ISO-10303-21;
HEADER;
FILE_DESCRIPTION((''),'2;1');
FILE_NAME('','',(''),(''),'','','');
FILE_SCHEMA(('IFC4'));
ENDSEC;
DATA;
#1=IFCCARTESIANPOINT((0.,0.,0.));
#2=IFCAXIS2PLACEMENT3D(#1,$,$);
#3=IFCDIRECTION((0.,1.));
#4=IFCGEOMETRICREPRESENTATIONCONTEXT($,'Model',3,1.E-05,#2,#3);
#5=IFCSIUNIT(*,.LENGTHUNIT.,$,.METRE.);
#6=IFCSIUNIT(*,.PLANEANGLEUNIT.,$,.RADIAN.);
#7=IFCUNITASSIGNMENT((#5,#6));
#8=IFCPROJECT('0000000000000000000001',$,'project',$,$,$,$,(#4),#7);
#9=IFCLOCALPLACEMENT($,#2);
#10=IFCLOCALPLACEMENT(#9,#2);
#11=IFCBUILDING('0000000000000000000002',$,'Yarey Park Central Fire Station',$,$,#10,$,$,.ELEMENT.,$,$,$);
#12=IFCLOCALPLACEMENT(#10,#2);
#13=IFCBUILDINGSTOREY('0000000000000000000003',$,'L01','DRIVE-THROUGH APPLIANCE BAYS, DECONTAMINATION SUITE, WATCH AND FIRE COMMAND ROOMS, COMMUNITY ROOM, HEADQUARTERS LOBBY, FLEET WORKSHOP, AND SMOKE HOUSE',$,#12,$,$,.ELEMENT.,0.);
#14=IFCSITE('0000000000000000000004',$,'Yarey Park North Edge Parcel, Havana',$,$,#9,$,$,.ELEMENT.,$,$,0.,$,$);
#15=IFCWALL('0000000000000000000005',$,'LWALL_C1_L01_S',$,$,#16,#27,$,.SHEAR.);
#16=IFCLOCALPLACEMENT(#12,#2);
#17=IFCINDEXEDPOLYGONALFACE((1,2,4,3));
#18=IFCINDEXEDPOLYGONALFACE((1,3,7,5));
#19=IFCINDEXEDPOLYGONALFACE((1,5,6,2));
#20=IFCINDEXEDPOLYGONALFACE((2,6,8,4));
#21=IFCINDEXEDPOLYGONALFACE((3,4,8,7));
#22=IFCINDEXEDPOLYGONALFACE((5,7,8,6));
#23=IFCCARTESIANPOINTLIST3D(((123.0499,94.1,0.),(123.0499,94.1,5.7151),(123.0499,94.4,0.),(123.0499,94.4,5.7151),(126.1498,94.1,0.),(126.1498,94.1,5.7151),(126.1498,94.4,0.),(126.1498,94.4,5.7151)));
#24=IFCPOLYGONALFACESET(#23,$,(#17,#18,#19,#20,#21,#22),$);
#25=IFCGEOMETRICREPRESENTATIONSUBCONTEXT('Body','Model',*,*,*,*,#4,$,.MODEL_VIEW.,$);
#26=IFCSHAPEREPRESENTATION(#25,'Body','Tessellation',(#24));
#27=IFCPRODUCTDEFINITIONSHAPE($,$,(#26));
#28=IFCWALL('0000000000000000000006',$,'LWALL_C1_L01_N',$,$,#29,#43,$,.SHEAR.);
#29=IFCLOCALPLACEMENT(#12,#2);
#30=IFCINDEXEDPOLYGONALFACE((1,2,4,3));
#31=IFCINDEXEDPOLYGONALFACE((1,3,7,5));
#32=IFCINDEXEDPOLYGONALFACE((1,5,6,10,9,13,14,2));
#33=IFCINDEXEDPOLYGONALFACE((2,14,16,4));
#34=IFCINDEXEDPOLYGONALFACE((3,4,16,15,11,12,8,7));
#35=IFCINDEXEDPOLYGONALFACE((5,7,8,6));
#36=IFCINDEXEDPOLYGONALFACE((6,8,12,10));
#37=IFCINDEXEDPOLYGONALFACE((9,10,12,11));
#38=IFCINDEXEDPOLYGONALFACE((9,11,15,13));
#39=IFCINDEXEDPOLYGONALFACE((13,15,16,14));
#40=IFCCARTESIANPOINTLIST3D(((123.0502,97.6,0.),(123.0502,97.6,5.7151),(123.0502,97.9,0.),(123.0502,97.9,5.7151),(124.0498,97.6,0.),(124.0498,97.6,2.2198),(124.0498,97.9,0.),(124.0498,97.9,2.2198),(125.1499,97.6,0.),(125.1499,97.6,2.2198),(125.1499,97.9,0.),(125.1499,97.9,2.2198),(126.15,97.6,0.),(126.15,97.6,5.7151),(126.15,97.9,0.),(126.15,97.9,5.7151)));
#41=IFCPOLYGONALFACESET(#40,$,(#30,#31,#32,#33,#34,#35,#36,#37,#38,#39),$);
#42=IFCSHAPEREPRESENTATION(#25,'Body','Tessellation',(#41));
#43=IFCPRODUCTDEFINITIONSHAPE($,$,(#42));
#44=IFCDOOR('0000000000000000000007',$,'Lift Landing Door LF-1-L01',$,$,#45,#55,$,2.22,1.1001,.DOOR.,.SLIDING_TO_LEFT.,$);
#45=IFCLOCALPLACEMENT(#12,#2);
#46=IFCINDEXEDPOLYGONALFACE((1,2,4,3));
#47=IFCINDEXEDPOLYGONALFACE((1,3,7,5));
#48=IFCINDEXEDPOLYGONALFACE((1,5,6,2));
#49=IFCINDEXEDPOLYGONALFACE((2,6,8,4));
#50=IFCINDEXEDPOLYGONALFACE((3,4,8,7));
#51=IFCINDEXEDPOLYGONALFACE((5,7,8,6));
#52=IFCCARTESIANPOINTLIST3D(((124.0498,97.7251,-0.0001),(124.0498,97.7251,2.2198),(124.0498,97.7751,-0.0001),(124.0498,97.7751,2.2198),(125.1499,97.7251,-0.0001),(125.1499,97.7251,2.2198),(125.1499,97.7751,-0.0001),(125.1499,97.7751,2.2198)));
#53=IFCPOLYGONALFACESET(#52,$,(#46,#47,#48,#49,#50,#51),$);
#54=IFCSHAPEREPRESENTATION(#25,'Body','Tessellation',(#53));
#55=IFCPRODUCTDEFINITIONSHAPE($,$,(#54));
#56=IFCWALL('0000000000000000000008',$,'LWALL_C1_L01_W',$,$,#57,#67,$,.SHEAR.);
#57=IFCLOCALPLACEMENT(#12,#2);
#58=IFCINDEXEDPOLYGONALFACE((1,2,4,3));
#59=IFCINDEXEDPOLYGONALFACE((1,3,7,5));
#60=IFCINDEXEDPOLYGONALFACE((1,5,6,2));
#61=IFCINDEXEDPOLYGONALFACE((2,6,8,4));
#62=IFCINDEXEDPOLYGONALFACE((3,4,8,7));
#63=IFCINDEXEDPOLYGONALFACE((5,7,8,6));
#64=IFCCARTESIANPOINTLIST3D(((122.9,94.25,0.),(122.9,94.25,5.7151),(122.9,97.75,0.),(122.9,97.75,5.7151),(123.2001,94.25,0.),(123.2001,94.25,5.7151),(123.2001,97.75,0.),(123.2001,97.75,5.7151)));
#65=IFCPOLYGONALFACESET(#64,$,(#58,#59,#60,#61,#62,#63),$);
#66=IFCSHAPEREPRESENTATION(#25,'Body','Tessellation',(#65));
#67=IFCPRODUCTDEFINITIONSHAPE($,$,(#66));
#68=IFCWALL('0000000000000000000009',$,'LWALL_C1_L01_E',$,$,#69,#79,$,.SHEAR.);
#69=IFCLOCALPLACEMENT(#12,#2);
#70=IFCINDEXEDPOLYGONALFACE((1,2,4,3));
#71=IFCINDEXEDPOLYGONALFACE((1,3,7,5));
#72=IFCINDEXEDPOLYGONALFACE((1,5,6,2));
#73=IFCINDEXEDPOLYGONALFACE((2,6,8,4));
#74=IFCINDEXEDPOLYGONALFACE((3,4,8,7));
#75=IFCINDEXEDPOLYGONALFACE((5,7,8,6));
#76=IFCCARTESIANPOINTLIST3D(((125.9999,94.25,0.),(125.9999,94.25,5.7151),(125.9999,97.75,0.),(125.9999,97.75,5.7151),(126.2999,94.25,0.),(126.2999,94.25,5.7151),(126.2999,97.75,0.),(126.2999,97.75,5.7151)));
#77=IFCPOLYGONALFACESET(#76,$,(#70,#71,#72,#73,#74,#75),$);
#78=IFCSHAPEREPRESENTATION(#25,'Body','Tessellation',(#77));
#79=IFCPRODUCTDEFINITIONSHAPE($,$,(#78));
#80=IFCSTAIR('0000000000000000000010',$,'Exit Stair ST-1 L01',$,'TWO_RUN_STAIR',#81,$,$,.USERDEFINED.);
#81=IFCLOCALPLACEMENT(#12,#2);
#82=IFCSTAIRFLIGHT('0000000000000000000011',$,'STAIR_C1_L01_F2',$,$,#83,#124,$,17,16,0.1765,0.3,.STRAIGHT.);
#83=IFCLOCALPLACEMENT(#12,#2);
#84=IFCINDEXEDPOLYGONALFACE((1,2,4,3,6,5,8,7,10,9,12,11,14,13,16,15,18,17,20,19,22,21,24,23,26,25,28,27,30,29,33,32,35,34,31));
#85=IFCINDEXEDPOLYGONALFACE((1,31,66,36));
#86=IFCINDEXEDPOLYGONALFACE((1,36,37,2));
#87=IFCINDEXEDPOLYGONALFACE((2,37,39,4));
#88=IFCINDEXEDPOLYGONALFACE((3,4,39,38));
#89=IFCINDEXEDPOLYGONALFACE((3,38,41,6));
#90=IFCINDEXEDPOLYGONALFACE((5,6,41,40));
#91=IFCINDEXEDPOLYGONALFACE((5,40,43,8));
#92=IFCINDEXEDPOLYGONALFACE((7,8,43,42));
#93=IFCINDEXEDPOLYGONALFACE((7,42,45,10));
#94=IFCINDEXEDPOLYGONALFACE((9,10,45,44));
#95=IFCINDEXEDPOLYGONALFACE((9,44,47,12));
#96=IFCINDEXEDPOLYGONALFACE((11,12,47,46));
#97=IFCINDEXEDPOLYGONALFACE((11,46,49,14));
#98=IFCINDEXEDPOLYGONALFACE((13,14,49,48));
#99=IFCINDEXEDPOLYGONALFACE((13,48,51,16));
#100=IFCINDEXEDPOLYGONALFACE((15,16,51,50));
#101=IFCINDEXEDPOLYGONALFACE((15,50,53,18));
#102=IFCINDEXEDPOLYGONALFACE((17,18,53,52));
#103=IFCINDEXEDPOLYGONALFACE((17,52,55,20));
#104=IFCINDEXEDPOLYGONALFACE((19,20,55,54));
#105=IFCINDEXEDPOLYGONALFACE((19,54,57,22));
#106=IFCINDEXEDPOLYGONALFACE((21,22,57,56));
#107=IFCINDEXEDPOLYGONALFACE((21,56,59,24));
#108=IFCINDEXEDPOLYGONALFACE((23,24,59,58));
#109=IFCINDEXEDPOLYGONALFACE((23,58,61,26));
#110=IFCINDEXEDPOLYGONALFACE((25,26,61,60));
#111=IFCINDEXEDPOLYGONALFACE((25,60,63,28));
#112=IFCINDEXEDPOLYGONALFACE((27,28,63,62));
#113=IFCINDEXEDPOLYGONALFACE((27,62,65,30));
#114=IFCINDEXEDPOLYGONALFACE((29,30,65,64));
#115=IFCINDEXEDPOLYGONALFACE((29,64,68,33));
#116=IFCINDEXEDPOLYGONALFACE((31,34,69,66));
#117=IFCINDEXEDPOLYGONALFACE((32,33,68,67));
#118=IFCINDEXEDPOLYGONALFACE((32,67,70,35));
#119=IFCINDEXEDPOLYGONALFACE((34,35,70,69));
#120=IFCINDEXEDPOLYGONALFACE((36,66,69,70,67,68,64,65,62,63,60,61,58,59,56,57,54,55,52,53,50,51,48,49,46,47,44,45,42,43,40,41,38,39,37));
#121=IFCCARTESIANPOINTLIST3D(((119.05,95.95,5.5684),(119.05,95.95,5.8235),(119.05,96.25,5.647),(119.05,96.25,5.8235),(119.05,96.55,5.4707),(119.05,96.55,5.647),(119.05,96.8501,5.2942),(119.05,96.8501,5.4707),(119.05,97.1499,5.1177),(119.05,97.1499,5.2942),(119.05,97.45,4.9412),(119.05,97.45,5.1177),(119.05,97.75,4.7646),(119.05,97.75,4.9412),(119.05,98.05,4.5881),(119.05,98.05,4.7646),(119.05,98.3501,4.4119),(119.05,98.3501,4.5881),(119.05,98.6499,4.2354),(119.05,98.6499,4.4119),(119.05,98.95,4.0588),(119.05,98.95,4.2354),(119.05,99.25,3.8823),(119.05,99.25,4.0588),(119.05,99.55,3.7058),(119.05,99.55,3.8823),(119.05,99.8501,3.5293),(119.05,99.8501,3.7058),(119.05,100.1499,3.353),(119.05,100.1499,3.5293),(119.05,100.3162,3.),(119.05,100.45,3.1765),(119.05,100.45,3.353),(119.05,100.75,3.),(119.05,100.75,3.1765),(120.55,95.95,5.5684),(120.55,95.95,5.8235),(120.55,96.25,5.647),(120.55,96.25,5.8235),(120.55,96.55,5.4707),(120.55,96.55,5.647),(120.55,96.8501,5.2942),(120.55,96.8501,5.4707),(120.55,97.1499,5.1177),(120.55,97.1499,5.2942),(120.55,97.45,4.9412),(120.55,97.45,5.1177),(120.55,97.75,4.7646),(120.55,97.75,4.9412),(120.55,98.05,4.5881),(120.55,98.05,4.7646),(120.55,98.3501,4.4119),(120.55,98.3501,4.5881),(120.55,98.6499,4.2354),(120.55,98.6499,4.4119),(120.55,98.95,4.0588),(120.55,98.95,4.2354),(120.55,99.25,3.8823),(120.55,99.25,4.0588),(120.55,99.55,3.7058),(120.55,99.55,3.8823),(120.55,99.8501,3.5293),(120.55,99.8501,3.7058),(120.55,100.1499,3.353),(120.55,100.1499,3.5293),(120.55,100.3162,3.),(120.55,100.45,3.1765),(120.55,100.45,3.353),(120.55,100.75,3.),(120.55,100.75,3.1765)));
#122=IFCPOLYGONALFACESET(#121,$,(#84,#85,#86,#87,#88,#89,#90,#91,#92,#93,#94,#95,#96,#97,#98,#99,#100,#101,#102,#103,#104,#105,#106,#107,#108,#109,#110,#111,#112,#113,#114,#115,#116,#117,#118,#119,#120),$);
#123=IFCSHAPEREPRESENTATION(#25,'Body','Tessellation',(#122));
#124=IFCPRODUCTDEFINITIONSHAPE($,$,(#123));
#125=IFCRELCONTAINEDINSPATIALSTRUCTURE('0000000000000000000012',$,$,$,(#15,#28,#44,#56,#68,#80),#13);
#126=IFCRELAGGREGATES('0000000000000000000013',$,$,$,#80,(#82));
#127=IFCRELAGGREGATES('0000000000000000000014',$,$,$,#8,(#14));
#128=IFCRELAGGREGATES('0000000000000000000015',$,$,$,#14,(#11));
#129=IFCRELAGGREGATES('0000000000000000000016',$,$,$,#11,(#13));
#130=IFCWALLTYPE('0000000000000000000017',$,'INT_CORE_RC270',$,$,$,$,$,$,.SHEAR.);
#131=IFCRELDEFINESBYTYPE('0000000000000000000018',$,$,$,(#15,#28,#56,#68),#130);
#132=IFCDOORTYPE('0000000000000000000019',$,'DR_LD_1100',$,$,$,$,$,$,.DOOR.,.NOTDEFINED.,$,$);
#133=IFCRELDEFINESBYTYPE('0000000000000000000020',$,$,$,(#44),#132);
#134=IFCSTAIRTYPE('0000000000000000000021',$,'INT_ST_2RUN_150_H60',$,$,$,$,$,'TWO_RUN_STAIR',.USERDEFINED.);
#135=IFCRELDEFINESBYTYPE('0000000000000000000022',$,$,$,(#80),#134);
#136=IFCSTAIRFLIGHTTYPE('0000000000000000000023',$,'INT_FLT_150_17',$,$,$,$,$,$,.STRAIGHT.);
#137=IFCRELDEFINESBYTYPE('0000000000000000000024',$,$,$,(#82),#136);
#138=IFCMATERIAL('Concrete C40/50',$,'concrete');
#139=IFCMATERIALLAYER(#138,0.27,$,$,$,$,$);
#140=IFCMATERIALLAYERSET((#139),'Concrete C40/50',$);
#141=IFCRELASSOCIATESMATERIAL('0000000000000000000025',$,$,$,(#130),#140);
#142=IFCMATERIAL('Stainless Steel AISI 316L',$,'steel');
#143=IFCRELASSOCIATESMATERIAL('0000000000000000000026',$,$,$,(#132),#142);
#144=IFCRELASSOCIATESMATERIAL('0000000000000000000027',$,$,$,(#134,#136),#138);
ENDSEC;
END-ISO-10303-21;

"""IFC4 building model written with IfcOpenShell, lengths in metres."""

from ifc_helpers import new_model, si_unit, direction, frame, frame_2d, origin, place, context, subcontext, project, spatial, polyline, rectangle, outline, extrude, material, layer, layer_set, type_object, element, fill, aggregate, save


model = new_model("IFC4")

# Units and contexts
model_context = context("Model", 3, precision=1e-05, world=origin(), true_north=direction((0.0, 1.0)))
body_context = subcontext(model_context, "Body", "Model", "MODEL_VIEW")
ifc_project = project(units=[si_unit("LENGTHUNIT", "METRE"), si_unit("PLANEANGLEUNIT", "RADIAN")], contexts=[model_context])

# Site, building, storey
site_placement = place(None, origin())
site = spatial("IfcSite", under=ifc_project, at=site_placement, Name="Yarey Park North Edge Parcel, Havana", CompositionType="ELEMENT", RefElevation=0.0)
building_placement = place(site_placement, origin())
building = spatial("IfcBuilding", under=site, at=building_placement, Name="Yarey Park Central Fire Station", CompositionType="ELEMENT")
storey_placement = place(building_placement, origin())
storey = spatial("IfcBuildingStorey", under=building, at=storey_placement, Name="L01", Description="DRIVE-THROUGH APPLIANCE BAYS, DECONTAMINATION SUITE, WATCH AND FIRE COMMAND ROOMS, COMMUNITY ROOM, HEADQUARTERS LOBBY, FLEET WORKSHOP, AND SMOKE HOUSE", CompositionType="ELEMENT", Elevation=0.0)

# Shared definitions
ifc_material_1 = material(Name="Concrete C40/50", Category="concrete")

# Wall
ifc_layer = layer(ifc_material_1, 0.27)
ifc_layer_set = layer_set([ifc_layer], Name="Concrete C40/50")
wall_type = type_object("IfcWallType", Name="INT_CORE_RC270", PredefinedType="SHEAR", material=ifc_layer_set)
wall_1_placement = place(storey_placement, frame((123.05, 94.25, 0.0), z_axis=(0.0, 0.0, 1.0), x_axis=(1.0, 0.0, 0.0)))
element("IfcWall", 1, at=wall_1_placement, inside=storey, type_object=wall_type, Name="LWALL_C1_L01_S", PredefinedType="SHEAR", context=body_context, shape_type="SweptSolid", body=[
    extrude(rectangle(XDim=3.0999, YDim=0.3, at=frame_2d((1.5498, 0.0))), origin(), (0.0, 0.0, 1.0), 5.7151),
])

# Wall, opening, door
wall_2_placement = place(storey_placement, frame((126.1499, 97.75, 0.0), z_axis=(0.0, 0.0, 1.0), x_axis=(-1.0, 0.0, 0.0)))
wall_2 = element("IfcWall", 2, at=wall_2_placement, inside=storey, type_object=wall_type, Name="LWALL_C1_L01_N", PredefinedType="SHEAR", context=body_context, shape_type="SweptSolid", body=[
    extrude(rectangle(XDim=3.0999, YDim=0.3, at=frame_2d((1.5498, 0.0))), origin(), (0.0, 0.0, 1.0), 5.7151),
])
opening_placement = place(wall_2_placement, frame((1.0, 0.0, 0.0)))
opening = element("IfcOpeningElement", 3, at=opening_placement, cuts=wall_2, PredefinedType="OPENING", context=body_context, shape_type="SweptSolid", body=[
    extrude(rectangle(XDim=1.1001, YDim=2.22, at=frame_2d((0.55, 1.1099))), frame((0.0, 0.1599, 0.0), z_axis=(0.0, -1.0, 0.0), x_axis=(1.0, 0.0, 0.0)), (0.0, 0.0, 1.0), 0.3201),
])
ifc_material_2 = material(Name="Stainless Steel AISI 316L", Category="steel")
door_type = type_object("IfcDoorType", Name="DR_LD_1100", OperationType="NOTDEFINED", PredefinedType="DOOR", material=ifc_material_2)
door_placement = place(opening_placement, origin())
door = element("IfcDoor", 4, at=door_placement, inside=storey, type_object=door_type, Name="Lift Landing Door LF-1-L01", OperationType="SLIDING_TO_LEFT", OverallHeight=2.22, OverallWidth=1.1001, PredefinedType="DOOR", context=body_context, shape_type="SweptSolid", body=[
    extrude(rectangle(XDim=1.1001, YDim=2.22, at=frame_2d((0.55, 1.1099))), frame((0.0, 0.0249, 0.0), z_axis=(0.0, -1.0, 0.0), x_axis=(1.0, 0.0, 0.0)), (0.0, 0.0, 1.0), 0.05),
])
fill(opening, door)

# Walls
for number, where, z_axis, x_axis, name in (
    (5, (123.05, 97.75, 0.0), (0.0, 0.0, 1.0), (0.0, -1.0, 0.0), "LWALL_C1_L01_W"),
    (6, (126.1499, 94.25, 0.0), (0.0, 0.0, 1.0), (0.0, 1.0, 0.0), "LWALL_C1_L01_E"),
):
    element("IfcWall", number, at=place(storey_placement, frame(where, z_axis=z_axis, x_axis=x_axis)), inside=storey, type_object=wall_type, Name=name, PredefinedType="SHEAR", context=body_context, shape_type="SweptSolid", body=[
        extrude(rectangle(XDim=3.5, YDim=0.3, at=frame_2d((1.75, 0.0))), origin(), (0.0, 0.0, 1.0), 5.7151),
    ])

# Stair, stair flight
stair_type = type_object("IfcStairType", Name="INT_ST_2RUN_150_H60", ElementType="TWO_RUN_STAIR", PredefinedType="USERDEFINED", material=ifc_material_1)
stair_placement = place(storey_placement, origin())
stair = element("IfcStair", 7, at=stair_placement, inside=storey, type_object=stair_type, Name="Exit Stair ST-1 L01", ObjectType="TWO_RUN_STAIR", PredefinedType="USERDEFINED")
stair_flight_type = type_object("IfcStairFlightType", Name="INT_FLT_150_17", PredefinedType="STRAIGHT", material=ifc_material_1)
stair_flight_placement = place(storey_placement, frame((119.8, 100.75, 3.0), z_axis=(0.0, 0.0, 1.0), x_axis=(0.0, -1.0, 0.0)))
stair_flight = element("IfcStairFlight", 8, at=stair_flight_placement, type_object=stair_flight_type, Name="STAIR_C1_L01_F2", NumberOfRisers=17, NumberOfTreads=16, PredefinedType="STRAIGHT", RiserHeight=0.1765, TreadLength=0.3, context=body_context, shape_type="SweptSolid", body=[
    extrude(outline(polyline([(0.0, 0.0), (0.0, 0.1765), (0.3, 0.1765), (0.3, 0.353), (0.6001, 0.353), (0.6001, 0.5293), (0.8999, 0.5293), (0.8999, 0.7058), (1.2, 0.7058), (1.2, 0.8823), (1.5, 0.8823), (1.5, 1.0588), (1.8, 1.0588), (1.8, 1.2354), (2.1001, 1.2354), (2.1001, 1.4119), (2.3999, 1.4119), (2.3999, 1.5881), (2.7, 1.5881), (2.7, 1.7646), (3.0, 1.7646), (3.0, 1.9412), (3.3, 1.9412), (3.3, 2.1177), (3.6001, 2.1177), (3.6001, 2.2942), (3.8999, 2.2942), (3.8999, 2.4707), (4.2, 2.4707), (4.2, 2.647), (4.5, 2.647), (4.5, 2.8235), (4.8, 2.8235), (4.8, 3.0), (4.8, 2.5684), (0.4338, 0.0), (0.0, 0.0)])), frame((0.0, 0.75, 0.0), z_axis=(0.0, -1.0, 0.0), x_axis=(1.0, 0.0, 0.0)), (0.0, 0.0, 1.0), 1.5),
])
aggregate(stair, [stair_flight])

save(model, "model.ifc")
